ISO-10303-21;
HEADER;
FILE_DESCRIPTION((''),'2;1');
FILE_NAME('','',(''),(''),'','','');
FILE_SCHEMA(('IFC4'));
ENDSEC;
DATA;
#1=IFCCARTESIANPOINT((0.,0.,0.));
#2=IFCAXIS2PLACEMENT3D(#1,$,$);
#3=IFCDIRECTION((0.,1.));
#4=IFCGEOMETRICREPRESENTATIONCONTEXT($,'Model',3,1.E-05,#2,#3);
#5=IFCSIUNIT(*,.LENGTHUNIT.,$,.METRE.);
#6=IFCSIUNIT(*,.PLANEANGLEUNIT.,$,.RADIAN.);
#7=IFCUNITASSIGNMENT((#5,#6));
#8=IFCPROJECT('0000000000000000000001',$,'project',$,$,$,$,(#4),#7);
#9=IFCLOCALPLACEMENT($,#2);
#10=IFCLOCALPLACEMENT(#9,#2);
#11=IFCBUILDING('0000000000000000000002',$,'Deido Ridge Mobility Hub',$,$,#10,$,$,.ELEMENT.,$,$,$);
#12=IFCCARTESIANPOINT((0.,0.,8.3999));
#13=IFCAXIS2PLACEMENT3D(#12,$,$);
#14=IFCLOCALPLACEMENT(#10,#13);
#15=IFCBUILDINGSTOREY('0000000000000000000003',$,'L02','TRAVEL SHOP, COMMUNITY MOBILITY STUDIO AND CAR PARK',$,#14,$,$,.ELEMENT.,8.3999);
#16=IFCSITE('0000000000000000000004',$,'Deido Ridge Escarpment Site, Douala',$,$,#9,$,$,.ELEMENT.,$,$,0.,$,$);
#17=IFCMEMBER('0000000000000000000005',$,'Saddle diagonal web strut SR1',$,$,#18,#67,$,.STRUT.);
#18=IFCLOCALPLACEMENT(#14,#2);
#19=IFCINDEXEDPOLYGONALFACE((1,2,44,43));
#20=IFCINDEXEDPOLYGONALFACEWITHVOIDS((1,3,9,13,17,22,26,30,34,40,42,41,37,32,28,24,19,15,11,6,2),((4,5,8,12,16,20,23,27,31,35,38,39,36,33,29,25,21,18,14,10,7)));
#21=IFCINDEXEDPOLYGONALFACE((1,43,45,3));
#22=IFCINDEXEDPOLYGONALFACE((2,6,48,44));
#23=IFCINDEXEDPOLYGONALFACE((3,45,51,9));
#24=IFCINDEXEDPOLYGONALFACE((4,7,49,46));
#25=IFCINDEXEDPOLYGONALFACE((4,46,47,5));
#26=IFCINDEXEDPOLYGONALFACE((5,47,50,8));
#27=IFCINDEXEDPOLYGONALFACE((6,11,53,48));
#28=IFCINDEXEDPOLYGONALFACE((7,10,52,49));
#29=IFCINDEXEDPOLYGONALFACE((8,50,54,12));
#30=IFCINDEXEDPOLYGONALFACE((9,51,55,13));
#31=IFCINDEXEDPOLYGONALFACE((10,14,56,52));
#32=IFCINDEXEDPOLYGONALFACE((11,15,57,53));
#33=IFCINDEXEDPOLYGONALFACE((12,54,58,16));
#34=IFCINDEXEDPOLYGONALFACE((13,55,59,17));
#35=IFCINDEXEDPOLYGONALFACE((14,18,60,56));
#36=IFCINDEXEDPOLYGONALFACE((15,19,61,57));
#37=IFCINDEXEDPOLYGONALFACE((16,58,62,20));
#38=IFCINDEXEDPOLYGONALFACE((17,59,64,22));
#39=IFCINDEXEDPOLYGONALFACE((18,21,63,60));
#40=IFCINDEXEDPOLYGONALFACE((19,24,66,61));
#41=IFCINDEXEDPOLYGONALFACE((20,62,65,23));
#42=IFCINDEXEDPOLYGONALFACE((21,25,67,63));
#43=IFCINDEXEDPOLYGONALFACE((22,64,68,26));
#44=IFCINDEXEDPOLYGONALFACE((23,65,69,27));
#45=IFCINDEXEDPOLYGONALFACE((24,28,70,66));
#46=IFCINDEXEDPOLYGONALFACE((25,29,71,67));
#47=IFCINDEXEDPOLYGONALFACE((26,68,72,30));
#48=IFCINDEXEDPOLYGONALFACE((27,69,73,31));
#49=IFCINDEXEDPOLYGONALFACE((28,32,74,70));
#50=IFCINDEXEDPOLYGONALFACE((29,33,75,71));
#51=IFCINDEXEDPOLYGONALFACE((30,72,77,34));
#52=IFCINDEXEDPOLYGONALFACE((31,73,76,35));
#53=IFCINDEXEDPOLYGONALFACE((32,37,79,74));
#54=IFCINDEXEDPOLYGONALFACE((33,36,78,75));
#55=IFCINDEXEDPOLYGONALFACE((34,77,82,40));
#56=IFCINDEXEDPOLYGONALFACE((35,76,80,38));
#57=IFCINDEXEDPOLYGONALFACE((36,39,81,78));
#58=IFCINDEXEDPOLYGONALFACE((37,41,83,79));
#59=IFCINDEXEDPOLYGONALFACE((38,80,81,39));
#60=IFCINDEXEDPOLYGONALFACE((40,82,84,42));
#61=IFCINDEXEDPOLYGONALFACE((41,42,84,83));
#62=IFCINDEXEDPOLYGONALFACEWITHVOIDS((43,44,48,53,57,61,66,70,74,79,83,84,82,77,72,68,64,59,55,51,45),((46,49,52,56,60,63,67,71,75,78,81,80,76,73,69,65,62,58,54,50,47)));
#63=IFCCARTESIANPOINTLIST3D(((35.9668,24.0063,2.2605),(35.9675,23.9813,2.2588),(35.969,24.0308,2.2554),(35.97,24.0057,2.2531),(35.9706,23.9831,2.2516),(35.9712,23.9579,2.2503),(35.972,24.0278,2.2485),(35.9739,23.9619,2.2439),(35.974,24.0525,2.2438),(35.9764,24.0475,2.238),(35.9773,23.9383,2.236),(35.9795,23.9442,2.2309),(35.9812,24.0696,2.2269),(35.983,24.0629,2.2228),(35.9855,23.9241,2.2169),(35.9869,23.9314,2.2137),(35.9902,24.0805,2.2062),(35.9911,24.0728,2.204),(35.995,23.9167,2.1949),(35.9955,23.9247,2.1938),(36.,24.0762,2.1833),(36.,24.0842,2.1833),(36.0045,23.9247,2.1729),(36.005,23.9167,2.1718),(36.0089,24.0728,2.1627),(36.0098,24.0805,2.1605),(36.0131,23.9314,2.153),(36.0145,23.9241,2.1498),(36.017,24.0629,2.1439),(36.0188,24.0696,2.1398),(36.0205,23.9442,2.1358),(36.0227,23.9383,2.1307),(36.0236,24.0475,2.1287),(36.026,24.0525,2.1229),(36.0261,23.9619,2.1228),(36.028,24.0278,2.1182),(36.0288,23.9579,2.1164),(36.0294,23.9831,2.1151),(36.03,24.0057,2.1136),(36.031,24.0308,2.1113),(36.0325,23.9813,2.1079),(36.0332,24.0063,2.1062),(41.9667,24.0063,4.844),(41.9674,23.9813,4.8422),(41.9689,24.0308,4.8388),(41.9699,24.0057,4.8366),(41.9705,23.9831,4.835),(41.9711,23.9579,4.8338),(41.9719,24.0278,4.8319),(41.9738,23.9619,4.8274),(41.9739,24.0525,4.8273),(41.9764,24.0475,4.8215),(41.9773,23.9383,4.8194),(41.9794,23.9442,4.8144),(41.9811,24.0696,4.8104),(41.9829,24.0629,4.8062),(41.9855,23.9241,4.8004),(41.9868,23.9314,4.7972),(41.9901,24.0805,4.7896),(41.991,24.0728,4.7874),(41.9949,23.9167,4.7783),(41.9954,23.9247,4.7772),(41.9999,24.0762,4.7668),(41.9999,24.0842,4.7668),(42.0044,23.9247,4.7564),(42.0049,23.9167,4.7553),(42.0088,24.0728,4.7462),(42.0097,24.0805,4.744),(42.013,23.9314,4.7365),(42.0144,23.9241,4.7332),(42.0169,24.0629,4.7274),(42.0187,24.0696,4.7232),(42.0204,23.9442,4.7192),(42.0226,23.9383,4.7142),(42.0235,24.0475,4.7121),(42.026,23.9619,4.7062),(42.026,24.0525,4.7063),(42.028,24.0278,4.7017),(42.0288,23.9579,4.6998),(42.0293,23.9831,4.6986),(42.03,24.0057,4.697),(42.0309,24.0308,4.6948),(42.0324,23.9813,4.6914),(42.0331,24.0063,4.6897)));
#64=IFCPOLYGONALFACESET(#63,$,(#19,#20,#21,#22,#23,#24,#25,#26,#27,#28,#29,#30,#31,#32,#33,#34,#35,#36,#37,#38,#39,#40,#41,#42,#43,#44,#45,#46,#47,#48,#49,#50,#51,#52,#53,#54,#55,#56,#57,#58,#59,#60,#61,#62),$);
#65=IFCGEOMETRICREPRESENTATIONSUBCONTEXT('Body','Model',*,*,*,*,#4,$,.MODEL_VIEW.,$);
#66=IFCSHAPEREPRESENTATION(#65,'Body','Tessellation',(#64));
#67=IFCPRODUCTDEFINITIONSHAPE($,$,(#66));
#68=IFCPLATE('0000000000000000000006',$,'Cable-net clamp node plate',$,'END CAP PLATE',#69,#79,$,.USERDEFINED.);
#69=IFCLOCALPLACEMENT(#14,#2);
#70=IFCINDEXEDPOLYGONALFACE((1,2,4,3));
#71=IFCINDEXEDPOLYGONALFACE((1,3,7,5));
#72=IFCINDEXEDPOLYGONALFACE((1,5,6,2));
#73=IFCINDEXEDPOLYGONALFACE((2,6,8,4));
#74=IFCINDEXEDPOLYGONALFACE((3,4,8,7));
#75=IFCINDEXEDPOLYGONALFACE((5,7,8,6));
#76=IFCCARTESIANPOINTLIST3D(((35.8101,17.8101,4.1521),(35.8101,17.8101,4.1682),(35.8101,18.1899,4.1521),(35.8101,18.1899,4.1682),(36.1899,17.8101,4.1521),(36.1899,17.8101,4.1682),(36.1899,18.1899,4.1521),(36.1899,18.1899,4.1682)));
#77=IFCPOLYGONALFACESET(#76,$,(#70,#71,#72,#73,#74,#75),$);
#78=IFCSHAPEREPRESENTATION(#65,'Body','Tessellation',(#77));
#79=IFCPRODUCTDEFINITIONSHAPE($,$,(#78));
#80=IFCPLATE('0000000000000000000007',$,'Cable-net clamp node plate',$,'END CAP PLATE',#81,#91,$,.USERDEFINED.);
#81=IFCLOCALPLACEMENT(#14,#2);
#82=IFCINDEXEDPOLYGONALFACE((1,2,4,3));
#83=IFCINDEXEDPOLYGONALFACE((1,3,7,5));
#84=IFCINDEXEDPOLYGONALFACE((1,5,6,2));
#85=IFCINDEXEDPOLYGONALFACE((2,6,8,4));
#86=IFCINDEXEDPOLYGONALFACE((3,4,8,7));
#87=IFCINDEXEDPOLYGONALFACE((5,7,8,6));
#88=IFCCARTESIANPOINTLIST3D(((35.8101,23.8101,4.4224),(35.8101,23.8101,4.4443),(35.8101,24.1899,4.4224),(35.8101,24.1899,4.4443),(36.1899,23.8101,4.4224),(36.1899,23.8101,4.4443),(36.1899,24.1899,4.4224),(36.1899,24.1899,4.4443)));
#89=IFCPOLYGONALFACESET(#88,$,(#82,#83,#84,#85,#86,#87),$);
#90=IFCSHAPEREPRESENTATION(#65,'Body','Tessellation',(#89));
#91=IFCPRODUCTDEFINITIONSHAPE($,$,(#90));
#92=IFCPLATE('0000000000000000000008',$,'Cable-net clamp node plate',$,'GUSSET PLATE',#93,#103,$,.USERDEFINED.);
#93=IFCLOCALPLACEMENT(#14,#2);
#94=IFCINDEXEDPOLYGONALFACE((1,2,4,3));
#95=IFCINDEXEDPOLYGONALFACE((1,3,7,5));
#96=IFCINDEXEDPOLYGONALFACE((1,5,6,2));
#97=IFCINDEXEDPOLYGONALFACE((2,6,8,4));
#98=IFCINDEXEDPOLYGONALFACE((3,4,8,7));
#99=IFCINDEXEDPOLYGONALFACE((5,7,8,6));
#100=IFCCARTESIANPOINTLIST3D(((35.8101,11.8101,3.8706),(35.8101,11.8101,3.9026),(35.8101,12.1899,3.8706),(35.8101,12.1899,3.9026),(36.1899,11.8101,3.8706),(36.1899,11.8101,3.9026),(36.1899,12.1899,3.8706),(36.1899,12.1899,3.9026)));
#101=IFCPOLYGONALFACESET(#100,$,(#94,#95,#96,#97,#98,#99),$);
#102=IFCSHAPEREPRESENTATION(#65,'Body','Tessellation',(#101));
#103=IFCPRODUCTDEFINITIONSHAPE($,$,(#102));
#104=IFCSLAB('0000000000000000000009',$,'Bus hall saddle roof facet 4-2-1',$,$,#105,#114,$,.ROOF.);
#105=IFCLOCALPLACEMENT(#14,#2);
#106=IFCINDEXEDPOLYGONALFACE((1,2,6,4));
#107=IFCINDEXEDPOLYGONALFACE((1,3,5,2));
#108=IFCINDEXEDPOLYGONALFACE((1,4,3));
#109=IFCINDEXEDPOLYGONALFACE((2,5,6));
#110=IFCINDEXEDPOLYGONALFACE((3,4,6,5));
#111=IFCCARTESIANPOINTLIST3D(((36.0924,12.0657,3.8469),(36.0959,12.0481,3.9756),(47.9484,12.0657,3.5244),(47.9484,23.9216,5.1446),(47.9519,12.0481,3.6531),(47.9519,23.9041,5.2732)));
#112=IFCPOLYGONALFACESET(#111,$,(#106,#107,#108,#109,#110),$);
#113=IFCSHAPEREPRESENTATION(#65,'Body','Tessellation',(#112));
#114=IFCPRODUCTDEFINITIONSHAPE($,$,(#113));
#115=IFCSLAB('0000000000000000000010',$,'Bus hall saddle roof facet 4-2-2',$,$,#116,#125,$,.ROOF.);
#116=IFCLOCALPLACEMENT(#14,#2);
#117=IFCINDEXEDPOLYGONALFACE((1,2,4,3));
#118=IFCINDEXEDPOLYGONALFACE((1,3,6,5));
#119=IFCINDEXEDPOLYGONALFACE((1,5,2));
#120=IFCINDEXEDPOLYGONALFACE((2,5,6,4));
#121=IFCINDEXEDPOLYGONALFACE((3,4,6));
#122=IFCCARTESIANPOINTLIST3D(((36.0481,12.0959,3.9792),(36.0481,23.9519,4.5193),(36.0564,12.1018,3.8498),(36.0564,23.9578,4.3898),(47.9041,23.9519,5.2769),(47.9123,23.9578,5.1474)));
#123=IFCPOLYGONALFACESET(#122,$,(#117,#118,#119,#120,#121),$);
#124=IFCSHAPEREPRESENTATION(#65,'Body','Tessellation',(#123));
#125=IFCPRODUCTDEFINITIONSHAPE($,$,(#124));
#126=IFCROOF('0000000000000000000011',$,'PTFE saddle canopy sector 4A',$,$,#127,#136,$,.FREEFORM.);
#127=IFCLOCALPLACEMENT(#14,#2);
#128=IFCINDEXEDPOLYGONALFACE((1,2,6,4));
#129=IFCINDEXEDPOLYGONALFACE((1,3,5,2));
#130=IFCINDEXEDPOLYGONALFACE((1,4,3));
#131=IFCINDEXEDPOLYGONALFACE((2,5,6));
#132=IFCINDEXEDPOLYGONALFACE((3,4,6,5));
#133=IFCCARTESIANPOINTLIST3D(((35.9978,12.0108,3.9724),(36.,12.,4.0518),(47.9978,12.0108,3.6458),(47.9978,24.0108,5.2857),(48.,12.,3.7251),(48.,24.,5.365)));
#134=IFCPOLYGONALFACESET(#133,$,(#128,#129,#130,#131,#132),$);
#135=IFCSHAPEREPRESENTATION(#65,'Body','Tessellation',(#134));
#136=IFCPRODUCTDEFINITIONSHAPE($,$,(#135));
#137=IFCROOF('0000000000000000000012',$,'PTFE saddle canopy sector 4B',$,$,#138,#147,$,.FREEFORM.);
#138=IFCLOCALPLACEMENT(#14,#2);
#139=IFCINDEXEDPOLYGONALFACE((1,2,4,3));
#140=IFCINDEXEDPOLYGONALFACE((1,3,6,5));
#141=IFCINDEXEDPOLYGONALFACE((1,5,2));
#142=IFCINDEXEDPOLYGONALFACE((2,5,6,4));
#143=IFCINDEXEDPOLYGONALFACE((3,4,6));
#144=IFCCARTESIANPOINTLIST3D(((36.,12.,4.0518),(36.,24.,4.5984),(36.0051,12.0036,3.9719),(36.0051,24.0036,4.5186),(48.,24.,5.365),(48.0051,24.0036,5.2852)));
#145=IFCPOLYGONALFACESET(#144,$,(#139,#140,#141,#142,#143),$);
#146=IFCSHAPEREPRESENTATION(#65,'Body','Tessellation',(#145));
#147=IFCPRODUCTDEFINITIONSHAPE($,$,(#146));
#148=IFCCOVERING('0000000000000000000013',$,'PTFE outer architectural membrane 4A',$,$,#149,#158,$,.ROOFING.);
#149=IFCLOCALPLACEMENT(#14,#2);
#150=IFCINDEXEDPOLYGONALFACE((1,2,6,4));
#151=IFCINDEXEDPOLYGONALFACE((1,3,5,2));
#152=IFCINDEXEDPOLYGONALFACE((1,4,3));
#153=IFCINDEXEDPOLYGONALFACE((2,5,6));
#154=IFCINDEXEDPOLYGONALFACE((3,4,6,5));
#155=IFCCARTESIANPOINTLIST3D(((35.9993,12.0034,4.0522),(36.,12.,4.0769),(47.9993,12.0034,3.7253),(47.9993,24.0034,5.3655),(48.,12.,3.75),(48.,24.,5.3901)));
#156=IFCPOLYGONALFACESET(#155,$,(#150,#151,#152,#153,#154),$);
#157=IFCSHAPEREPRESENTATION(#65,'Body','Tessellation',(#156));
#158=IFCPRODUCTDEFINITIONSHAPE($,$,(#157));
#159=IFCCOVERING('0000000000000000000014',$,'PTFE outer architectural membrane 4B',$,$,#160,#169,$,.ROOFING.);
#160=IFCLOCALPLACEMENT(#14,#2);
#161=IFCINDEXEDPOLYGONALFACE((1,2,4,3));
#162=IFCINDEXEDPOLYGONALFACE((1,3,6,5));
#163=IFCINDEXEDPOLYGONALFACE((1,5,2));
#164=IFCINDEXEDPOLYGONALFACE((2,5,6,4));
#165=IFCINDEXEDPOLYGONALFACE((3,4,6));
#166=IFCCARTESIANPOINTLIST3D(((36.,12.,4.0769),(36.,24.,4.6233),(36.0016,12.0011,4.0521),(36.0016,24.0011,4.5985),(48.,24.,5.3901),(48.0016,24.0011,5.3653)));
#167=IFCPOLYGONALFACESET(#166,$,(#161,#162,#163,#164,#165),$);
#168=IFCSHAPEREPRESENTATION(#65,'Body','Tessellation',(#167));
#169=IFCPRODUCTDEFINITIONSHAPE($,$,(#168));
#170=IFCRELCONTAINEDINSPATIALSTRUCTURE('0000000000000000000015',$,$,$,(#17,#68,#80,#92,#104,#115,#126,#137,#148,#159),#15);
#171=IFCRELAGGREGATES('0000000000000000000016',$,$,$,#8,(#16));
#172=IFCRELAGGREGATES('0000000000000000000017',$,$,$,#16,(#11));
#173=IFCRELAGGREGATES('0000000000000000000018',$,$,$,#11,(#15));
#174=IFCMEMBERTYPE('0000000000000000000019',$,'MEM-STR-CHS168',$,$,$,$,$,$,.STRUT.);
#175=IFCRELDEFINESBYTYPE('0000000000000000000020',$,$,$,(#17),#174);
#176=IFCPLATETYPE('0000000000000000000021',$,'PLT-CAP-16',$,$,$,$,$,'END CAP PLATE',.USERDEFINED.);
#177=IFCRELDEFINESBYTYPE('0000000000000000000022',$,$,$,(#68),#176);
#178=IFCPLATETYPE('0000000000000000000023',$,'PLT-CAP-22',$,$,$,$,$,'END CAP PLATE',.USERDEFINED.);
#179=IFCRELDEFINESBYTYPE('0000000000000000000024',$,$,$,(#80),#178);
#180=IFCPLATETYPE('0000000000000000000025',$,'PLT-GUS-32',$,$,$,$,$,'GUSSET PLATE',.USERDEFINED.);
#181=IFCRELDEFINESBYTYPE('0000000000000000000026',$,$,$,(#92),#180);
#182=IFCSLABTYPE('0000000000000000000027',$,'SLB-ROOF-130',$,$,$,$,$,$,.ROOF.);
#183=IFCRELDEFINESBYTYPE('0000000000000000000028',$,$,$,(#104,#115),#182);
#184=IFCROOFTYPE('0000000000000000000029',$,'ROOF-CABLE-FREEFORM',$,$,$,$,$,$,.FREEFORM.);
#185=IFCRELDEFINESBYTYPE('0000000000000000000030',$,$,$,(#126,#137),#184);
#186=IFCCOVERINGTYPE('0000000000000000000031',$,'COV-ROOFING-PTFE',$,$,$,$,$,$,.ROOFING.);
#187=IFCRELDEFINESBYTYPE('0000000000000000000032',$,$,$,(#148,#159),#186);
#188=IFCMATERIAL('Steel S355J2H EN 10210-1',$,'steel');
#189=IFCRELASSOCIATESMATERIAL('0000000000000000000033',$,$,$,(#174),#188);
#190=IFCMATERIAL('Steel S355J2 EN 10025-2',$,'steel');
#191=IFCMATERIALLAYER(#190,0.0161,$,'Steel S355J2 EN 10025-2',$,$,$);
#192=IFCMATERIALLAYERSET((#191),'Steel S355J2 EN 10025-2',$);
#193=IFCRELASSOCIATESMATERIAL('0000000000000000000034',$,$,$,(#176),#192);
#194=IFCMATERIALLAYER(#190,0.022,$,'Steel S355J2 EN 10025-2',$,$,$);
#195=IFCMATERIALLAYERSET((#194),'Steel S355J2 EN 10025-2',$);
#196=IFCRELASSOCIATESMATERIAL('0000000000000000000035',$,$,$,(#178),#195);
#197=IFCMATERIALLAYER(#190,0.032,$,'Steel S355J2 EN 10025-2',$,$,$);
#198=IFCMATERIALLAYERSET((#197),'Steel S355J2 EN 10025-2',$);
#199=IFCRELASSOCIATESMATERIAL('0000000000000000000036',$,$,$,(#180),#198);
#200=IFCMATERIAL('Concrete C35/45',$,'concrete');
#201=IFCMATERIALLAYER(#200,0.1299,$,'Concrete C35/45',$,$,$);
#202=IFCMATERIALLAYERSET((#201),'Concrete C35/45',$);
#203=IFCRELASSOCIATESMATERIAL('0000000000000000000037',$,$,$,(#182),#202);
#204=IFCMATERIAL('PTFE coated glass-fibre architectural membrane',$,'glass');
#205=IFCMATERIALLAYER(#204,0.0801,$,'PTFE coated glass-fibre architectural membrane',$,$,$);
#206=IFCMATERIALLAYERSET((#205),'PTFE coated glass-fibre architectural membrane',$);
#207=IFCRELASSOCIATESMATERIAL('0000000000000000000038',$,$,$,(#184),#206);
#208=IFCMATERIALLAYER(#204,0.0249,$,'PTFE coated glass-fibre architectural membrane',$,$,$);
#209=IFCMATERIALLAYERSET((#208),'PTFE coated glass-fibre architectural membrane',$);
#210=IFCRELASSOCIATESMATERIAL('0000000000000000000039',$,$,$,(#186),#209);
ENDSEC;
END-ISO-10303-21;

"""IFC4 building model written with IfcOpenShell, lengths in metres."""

from ifc_helpers import new_model, si_unit, direction, frame, origin, origin_2d, place, context, subcontext, project, spatial, polyline, rectangle, hollow_circle, outline, extrude, material, layer, layer_set, material_profile, profile_set, type_object, element, save


model = new_model("IFC4")

# Units and contexts
model_context = context("Model", 3, precision=1e-05, world=origin(), true_north=direction((0.0, 1.0)))
body_context = subcontext(model_context, "Body", "Model", "MODEL_VIEW")
ifc_project = project(units=[si_unit("LENGTHUNIT", "METRE"), si_unit("PLANEANGLEUNIT", "RADIAN")], contexts=[model_context])

# Site, building, storey
site_placement = place(None, origin())
site = spatial("IfcSite", under=ifc_project, at=site_placement, Name="Deido Ridge Escarpment Site, Douala", CompositionType="ELEMENT", RefElevation=0.0)
building_placement = place(site_placement, origin())
building = spatial("IfcBuilding", under=site, at=building_placement, Name="Deido Ridge Mobility Hub", CompositionType="ELEMENT")
storey_placement = place(building_placement, frame((0.0, 0.0, 8.3999)))
storey = spatial("IfcBuildingStorey", under=building, at=storey_placement, Name="L02", Description="TRAVEL SHOP, COMMUNITY MOBILITY STUDIO AND CAR PARK", CompositionType="ELEMENT", Elevation=8.3999)

# Member
ifc_material_1 = material(Name="Steel S355J2H EN 10210-1", Category="steel")
ifc_material_profile_1 = material_profile(ifc_material_1, hollow_circle(Radius=0.0842, WallThickness=0.0081, at=origin_2d()), Name="CHS 168.3x8")
ifc_profile_set_1 = profile_set([ifc_material_profile_1], Name="Steel S355J2H EN 10210-1")
member_type_1 = type_object("IfcMemberType", Name="MEM-STR-CHS168", PredefinedType="STRUT", material=ifc_profile_set_1)
for number, where, z_axis, x_axis, name in (
    (1, (36.0, 24.0, 2.1833), (0.918475, 0.0, 0.395479), (0.0, 1.0, 0.0), "Saddle diagonal web strut SR1"),
):
    element("IfcMember", number, at=place(storey_placement, frame(where, z_axis=z_axis, x_axis=x_axis)), inside=storey, type_object=member_type_1, Name=name, PredefinedType="STRUT", context=body_context, shape_type="SweptSolid", body=[
        extrude(hollow_circle(Radius=0.0842, WallThickness=0.0081, at=origin_2d()), origin(), (0.0, 0.0, 1.0), 6.5325),
    ])

# Plates
ifc_material_2 = material(Name="Steel S355J2 EN 10025-2", Category="steel")
ifc_layer_1 = layer(ifc_material_2, 0.0161, Name="Steel S355J2 EN 10025-2")
ifc_layer_set_1 = layer_set([ifc_layer_1], Name="Steel S355J2 EN 10025-2")
plate_type_1 = type_object("IfcPlateType", Name="PLT-CAP-16", ElementType="END CAP PLATE", PredefinedType="USERDEFINED", material=ifc_layer_set_1)
plate_1_placement = place(storey_placement, frame((36.0, 18.0, 4.1521), z_axis=(0.0, 0.0, 1.0), x_axis=(1.0, 0.0, 0.0)))
element("IfcPlate", 2, at=plate_1_placement, inside=storey, type_object=plate_type_1, Name="Cable-net clamp node plate", ObjectType="END CAP PLATE", PredefinedType="USERDEFINED", context=body_context, shape_type="SweptSolid", body=[
    extrude(rectangle(XDim=0.3799, YDim=0.3799, at=origin_2d()), origin(), (0.0, 0.0, 1.0), 0.0161),
])
ifc_layer_2 = layer(ifc_material_2, 0.022, Name="Steel S355J2 EN 10025-2")
ifc_layer_set_2 = layer_set([ifc_layer_2], Name="Steel S355J2 EN 10025-2")
plate_type_2 = type_object("IfcPlateType", Name="PLT-CAP-22", ElementType="END CAP PLATE", PredefinedType="USERDEFINED", material=ifc_layer_set_2)
plate_2_placement = place(storey_placement, frame((36.0, 24.0, 4.4224), z_axis=(0.0, 0.0, 1.0), x_axis=(1.0, 0.0, 0.0)))
element("IfcPlate", 3, at=plate_2_placement, inside=storey, type_object=plate_type_2, Name="Cable-net clamp node plate", ObjectType="END CAP PLATE", PredefinedType="USERDEFINED", context=body_context, shape_type="SweptSolid", body=[
    extrude(rectangle(XDim=0.3799, YDim=0.3799, at=origin_2d()), origin(), (0.0, 0.0, 1.0), 0.022),
])
ifc_layer_3 = layer(ifc_material_2, 0.032, Name="Steel S355J2 EN 10025-2")
ifc_layer_set_3 = layer_set([ifc_layer_3], Name="Steel S355J2 EN 10025-2")
plate_type_3 = type_object("IfcPlateType", Name="PLT-GUS-32", ElementType="GUSSET PLATE", PredefinedType="USERDEFINED", material=ifc_layer_set_3)
plate_3_placement = place(storey_placement, frame((36.0, 12.0, 3.8706), z_axis=(0.0, 0.0, 1.0), x_axis=(1.0, 0.0, 0.0)))
element("IfcPlate", 4, at=plate_3_placement, inside=storey, type_object=plate_type_3, Name="Cable-net clamp node plate", ObjectType="GUSSET PLATE", PredefinedType="USERDEFINED", context=body_context, shape_type="SweptSolid", body=[
    extrude(rectangle(XDim=0.3799, YDim=0.3799, at=origin_2d()), origin(), (0.0, 0.0, 1.0), 0.032),
])

# Slabs
ifc_material_3 = material(Name="Concrete C35/45", Category="concrete")
ifc_layer_4 = layer(ifc_material_3, 0.1299, Name="Concrete C35/45")
ifc_layer_set_4 = layer_set([ifc_layer_4], Name="Concrete C35/45")
slab_type = type_object("IfcSlabType", Name="SLB-ROOF-130", PredefinedType="ROOF", material=ifc_layer_set_4)
slab_1_placement = place(storey_placement, frame((36.0959, 12.0481, 3.9756), z_axis=(0.026942, -0.135343, 0.990432), x_axis=(0.99963, 0.0, -0.027192)))
element("IfcSlab", 5, at=slab_1_placement, inside=storey, type_object=slab_type, Name="Bus hall saddle roof facet 4-2-1", PredefinedType="ROOF", context=body_context, shape_type="SweptSolid", body=[
    extrude(outline(polyline([(0.0, 0.0), (11.8603, 0.0), (11.8163, 11.9661), (0.0, 0.0)])), origin(), (0.0, 0.0, -1.0), 0.1299),
])
slab_2_placement = place(storey_placement, frame((36.0481, 12.0959, 3.9792), z_axis=(-0.063702, -0.04541, 0.996935), x_axis=(0.704999, 0.704999, 0.07716)))
element("IfcSlab", 6, at=slab_2_placement, inside=storey, type_object=slab_type, Name="Bus hall saddle roof facet 4-2-2", PredefinedType="ROOF", context=body_context, shape_type="SweptSolid", body=[
    extrude(outline(polyline([(0.0, 0.0), (16.817, 0.0), (8.4001, 8.3841), (0.0, 0.0)])), origin(), (0.0, 0.0, -1.0), 0.1299),
])

# Roofs
ifc_material_4 = material(Name="PTFE coated glass-fibre architectural membrane", Category="glass")
ifc_layer_5 = layer(ifc_material_4, 0.0801, Name="PTFE coated glass-fibre architectural membrane")
ifc_layer_set_5 = layer_set([ifc_layer_5], Name="PTFE coated glass-fibre architectural membrane")
roof_type = type_object("IfcRoofType", Name="ROOF-CABLE-FREEFORM", PredefinedType="FREEFORM", material=ifc_layer_set_5)
roof_1_placement = place(storey_placement, frame((36.0, 12.0, 4.0518), z_axis=(0.026961, -0.13535, 0.990431), x_axis=(0.99963, 0.0, -0.027212)))
element("IfcRoof", 7, at=roof_1_placement, inside=storey, type_object=roof_type, Name="PTFE saddle canopy sector 4A", PredefinedType="FREEFORM", context=body_context, shape_type="SweptSolid", body=[
    extrude(outline(polyline([(0.0, 0.0), (12.0044, 0.0), (11.9598, 12.1115), (0.0, 0.0)])), origin(), (0.0, 0.0, -1.0), 0.0801),
])
roof_2_placement = place(storey_placement, frame((36.0, 12.0, 4.0518), z_axis=(-0.063688, -0.045413, 0.996936), x_axis=(0.704999, 0.704999, 0.077152)))
element("IfcRoof", 8, at=roof_2_placement, inside=storey, type_object=roof_type, Name="PTFE saddle canopy sector 4B", PredefinedType="FREEFORM", context=body_context, shape_type="SweptSolid", body=[
    extrude(outline(polyline([(0.0, 0.0), (17.0213, 0.0), (8.5022, 8.486), (0.0, 0.0)])), origin(), (0.0, 0.0, -1.0), 0.0801),
])

# Coverings
ifc_layer_6 = layer(ifc_material_4, 0.0249, Name="PTFE coated glass-fibre architectural membrane")
ifc_layer_set_6 = layer_set([ifc_layer_6], Name="PTFE coated glass-fibre architectural membrane")
covering_type = type_object("IfcCoveringType", Name="COV-ROOFING-PTFE", PredefinedType="ROOFING", material=ifc_layer_set_6)
covering_1_placement = place(storey_placement, frame((36.0, 12.0, 4.0769), z_axis=(0.026981, -0.13537, 0.990428), x_axis=(0.999629, 0.0, -0.027232)))
element("IfcCovering", 9, at=covering_1_placement, inside=storey, type_object=covering_type, Name="PTFE outer architectural membrane 4A", PredefinedType="ROOFING", context=body_context, shape_type="SweptSolid", body=[
    extrude(outline(polyline([(0.0, 0.0), (12.0045, 0.0), (11.9598, 12.1115), (0.0, 0.0)])), origin(), (0.0, 0.0, -1.0), 0.0249),
])
covering_2_placement = place(storey_placement, frame((36.0, 12.0, 4.0769), z_axis=(-0.063708, -0.045393, 0.996936), x_axis=(0.704999, 0.704999, 0.077152)))
element("IfcCovering", 10, at=covering_2_placement, inside=storey, type_object=covering_type, Name="PTFE outer architectural membrane 4B", PredefinedType="ROOFING", context=body_context, shape_type="SweptSolid", body=[
    extrude(outline(polyline([(0.0, 0.0), (17.0213, 0.0), (8.5021, 8.486), (0.0, 0.0)])), origin(), (0.0, 0.0, -1.0), 0.0249),
])

save(model, "model.ifc")
